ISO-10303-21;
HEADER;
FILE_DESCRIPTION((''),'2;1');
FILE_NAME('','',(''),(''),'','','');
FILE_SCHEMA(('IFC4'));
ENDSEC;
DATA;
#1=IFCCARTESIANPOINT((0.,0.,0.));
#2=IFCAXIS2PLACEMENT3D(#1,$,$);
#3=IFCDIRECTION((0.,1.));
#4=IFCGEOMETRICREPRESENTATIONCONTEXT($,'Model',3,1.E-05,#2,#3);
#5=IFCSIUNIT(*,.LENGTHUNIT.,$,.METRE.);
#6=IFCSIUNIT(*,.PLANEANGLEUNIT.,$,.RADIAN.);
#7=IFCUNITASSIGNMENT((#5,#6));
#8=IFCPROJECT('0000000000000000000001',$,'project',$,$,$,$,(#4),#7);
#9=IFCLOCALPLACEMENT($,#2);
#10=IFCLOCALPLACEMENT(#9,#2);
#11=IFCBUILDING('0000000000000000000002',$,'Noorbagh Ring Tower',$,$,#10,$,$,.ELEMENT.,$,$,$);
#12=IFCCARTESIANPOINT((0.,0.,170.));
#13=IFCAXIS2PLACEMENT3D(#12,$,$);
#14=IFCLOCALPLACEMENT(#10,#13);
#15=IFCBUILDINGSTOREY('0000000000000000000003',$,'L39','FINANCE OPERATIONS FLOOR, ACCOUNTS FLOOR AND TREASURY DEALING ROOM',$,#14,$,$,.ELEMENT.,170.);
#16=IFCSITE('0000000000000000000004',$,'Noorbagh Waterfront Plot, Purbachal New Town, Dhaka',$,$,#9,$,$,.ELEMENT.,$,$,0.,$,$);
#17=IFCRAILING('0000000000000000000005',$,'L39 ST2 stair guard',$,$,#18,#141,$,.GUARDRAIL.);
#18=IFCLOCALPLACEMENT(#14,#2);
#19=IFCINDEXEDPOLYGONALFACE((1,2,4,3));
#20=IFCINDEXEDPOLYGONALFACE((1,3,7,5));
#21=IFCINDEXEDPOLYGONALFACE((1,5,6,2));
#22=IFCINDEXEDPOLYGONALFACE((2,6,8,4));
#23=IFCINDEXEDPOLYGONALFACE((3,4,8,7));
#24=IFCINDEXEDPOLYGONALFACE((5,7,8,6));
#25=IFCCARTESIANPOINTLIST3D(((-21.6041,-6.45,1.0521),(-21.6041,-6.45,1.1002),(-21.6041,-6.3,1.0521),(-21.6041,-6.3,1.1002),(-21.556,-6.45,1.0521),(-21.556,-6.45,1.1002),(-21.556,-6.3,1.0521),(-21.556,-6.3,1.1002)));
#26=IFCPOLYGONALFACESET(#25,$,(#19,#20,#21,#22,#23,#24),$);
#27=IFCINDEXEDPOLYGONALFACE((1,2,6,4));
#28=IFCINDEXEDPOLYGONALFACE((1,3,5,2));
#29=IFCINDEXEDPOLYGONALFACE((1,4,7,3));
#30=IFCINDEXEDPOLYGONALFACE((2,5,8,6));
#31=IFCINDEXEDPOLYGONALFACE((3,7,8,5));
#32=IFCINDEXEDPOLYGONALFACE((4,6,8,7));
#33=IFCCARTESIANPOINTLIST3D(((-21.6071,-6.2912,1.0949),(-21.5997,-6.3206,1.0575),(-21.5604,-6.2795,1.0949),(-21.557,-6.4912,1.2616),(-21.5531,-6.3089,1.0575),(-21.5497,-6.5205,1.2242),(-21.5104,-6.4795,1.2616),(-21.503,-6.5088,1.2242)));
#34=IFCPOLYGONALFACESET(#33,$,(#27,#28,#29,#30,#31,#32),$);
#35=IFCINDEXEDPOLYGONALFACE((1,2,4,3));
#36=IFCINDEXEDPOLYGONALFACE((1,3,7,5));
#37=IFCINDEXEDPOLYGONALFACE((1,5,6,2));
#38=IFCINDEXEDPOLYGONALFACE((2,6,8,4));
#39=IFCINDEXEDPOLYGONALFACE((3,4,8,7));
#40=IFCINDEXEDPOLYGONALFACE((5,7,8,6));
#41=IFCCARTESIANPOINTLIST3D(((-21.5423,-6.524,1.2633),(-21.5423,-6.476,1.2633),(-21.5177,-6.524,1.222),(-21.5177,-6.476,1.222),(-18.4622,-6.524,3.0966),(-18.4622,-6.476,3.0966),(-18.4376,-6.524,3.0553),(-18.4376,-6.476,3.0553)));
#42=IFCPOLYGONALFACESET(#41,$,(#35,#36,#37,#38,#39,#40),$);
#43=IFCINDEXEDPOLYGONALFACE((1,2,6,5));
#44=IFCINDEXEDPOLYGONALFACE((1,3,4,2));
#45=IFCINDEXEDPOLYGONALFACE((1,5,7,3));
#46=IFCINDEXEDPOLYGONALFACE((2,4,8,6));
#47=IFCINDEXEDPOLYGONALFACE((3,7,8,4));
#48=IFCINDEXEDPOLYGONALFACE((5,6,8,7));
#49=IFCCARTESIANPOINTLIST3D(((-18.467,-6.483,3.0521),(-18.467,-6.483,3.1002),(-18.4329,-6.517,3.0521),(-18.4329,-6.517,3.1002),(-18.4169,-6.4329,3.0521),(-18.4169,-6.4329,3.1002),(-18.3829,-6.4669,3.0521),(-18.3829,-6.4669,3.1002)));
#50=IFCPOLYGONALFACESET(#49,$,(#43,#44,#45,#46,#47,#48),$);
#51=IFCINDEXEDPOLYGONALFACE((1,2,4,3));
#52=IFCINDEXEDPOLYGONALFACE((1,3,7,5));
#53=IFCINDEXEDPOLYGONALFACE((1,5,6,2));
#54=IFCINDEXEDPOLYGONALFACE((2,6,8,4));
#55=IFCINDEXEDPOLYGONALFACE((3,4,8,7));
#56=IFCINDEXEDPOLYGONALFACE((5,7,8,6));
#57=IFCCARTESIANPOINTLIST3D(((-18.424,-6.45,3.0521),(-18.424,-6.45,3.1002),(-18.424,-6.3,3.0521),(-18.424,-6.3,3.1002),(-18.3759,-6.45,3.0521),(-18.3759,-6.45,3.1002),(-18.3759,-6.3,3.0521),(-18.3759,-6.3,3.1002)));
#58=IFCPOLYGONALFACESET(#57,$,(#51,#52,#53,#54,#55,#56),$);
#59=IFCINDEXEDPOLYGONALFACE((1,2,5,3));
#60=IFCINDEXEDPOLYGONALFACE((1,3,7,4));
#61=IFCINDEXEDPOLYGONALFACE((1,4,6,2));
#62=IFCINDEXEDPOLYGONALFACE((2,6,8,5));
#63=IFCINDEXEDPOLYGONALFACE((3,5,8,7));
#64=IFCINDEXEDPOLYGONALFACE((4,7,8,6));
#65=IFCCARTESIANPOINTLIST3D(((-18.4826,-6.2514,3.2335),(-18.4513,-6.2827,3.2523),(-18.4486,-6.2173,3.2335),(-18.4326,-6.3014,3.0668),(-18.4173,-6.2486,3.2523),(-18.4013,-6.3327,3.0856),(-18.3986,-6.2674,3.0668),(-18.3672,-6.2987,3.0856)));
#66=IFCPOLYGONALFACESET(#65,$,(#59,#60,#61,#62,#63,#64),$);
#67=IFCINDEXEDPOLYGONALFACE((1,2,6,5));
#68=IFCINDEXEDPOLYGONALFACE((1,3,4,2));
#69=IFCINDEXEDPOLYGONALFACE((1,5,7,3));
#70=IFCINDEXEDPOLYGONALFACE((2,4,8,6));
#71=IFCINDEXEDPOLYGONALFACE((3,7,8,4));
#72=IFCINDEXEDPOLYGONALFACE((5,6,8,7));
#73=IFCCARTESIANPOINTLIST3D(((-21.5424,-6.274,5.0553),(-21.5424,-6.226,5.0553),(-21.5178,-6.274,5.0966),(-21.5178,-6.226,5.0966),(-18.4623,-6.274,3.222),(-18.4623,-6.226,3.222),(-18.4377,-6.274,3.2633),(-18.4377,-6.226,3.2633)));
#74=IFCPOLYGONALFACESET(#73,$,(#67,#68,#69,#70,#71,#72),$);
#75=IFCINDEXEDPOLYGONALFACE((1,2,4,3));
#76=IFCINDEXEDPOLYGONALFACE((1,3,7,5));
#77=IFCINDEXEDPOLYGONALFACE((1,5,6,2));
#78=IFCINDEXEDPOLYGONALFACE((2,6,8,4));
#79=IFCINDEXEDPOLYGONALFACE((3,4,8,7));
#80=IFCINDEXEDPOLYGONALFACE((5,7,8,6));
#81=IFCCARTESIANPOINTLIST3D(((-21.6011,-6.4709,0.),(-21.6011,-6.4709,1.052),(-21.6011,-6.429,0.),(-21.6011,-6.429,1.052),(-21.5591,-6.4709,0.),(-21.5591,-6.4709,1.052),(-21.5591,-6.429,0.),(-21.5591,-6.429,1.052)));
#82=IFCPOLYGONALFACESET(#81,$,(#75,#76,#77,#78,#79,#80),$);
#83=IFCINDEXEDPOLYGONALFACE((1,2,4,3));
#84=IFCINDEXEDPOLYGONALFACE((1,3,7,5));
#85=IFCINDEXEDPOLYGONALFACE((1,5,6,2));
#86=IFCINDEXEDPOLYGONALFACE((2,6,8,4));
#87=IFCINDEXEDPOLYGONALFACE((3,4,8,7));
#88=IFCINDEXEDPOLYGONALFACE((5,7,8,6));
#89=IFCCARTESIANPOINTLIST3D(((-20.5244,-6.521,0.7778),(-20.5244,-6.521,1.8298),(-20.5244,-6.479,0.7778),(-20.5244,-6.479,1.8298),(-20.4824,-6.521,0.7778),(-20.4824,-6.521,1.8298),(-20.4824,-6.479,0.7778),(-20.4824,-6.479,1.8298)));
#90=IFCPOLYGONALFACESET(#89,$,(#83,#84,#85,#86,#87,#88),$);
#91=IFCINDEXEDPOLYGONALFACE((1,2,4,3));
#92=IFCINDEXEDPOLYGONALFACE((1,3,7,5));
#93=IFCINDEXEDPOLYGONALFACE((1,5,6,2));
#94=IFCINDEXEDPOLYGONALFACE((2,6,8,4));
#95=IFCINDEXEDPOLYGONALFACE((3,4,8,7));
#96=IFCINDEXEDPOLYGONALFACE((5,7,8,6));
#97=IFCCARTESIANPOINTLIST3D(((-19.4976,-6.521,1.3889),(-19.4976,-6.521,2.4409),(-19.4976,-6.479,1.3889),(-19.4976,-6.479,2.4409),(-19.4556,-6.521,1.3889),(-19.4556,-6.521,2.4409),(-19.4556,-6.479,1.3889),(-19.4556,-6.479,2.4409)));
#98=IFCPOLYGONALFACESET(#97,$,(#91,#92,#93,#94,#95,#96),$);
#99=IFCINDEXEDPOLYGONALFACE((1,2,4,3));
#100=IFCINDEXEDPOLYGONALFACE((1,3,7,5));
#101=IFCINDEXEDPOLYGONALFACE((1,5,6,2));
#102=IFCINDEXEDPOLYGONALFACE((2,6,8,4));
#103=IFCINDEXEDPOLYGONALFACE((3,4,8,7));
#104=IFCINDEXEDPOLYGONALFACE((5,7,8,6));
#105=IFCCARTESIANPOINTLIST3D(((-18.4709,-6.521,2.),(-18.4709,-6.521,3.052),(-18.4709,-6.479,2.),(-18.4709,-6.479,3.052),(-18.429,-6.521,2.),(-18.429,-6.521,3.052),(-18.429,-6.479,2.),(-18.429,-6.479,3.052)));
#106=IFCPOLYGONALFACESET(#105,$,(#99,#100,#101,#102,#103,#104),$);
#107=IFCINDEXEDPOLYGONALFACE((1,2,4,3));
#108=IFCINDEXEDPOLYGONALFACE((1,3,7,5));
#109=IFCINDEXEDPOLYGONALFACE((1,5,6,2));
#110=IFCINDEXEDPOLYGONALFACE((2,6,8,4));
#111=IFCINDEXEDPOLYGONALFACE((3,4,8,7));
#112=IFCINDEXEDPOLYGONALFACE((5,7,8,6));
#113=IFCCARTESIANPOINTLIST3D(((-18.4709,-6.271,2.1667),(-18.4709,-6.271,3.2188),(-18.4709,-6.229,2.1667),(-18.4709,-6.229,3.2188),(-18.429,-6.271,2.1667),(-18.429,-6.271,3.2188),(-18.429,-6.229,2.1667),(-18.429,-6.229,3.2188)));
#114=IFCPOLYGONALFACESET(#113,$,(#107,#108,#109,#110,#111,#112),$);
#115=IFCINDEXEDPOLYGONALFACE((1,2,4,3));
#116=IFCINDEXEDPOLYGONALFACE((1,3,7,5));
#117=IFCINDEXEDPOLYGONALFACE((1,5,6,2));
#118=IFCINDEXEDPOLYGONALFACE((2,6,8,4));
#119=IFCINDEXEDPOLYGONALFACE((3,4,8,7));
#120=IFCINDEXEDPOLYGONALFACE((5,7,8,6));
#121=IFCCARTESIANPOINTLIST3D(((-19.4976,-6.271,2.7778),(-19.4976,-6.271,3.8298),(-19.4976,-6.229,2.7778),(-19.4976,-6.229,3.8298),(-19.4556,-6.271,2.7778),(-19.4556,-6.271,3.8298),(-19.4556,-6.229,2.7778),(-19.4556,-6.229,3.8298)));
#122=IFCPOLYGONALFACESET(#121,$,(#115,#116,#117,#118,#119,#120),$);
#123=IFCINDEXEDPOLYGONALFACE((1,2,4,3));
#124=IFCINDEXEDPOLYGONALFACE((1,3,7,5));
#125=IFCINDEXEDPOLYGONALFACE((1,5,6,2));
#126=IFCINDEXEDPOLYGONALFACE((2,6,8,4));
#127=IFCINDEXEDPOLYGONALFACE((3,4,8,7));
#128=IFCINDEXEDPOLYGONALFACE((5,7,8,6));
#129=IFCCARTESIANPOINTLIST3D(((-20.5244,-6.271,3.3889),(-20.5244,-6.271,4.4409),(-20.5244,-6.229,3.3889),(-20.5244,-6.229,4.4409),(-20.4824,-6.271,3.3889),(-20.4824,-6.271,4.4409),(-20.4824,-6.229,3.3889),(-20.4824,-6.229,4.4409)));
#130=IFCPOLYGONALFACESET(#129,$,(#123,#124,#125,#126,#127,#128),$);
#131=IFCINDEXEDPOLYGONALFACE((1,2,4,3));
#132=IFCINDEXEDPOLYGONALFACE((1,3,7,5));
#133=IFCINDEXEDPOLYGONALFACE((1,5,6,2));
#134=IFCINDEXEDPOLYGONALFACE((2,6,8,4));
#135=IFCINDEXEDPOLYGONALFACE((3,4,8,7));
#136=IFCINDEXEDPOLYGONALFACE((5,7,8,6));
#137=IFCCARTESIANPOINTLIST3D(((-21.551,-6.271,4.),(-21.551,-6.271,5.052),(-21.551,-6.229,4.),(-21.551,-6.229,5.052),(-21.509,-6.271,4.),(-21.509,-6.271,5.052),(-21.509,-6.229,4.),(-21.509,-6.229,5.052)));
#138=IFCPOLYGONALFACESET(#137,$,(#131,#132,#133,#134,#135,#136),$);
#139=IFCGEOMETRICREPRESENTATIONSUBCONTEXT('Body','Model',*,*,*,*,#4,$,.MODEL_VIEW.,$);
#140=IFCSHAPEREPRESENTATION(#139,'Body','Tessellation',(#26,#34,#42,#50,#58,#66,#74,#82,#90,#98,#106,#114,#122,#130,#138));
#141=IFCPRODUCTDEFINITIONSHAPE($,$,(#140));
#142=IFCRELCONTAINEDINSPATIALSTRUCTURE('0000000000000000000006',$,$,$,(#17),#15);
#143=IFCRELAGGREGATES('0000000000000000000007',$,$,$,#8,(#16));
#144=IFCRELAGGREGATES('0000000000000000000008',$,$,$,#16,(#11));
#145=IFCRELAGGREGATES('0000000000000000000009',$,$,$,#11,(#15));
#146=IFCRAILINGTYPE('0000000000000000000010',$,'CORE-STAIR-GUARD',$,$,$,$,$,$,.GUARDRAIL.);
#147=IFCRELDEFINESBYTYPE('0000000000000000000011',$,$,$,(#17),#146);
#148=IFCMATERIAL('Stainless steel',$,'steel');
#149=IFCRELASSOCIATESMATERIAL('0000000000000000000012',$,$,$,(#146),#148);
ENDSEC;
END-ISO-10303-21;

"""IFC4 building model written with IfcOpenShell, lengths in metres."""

from ifc_helpers import new_model, si_unit, direction, frame, origin, origin_2d, place, context, subcontext, project, spatial, rectangle, extrude, material, type_object, element, save


model = new_model("IFC4")

# Units and contexts
model_context = context("Model", 3, precision=1e-05, world=origin(), true_north=direction((0.0, 1.0)))
body_context = subcontext(model_context, "Body", "Model", "MODEL_VIEW")
ifc_project = project(units=[si_unit("LENGTHUNIT", "METRE"), si_unit("PLANEANGLEUNIT", "RADIAN")], contexts=[model_context])

# Site, building, storey
site_placement = place(None, origin())
site = spatial("IfcSite", under=ifc_project, at=site_placement, Name="Noorbagh Waterfront Plot, Purbachal New Town, Dhaka", CompositionType="ELEMENT", RefElevation=0.0)
building_placement = place(site_placement, origin())
building = spatial("IfcBuilding", under=site, at=building_placement, Name="Noorbagh Ring Tower", CompositionType="ELEMENT")
storey_placement = place(building_placement, frame((0.0, 0.0, 170.0)))
storey = spatial("IfcBuildingStorey", under=building, at=storey_placement, Name="L39", Description="FINANCE OPERATIONS FLOOR, ACCOUNTS FLOOR AND TREASURY DEALING ROOM", CompositionType="ELEMENT", Elevation=170.0)

# Railing
ifc_material_1 = material(Name="Stainless steel", Category="steel")
railing_type_1 = type_object("IfcRailingType", Name="CORE-STAIR-GUARD", PredefinedType="GUARDRAIL", material=ifc_material_1)
railing_1_placement = place(storey_placement, frame((-21.5801, -6.45, 0.0)))
element("IfcRailing", 1, at=railing_1_placement, inside=storey, type_object=railing_type_1, Name="L39 ST2 stair guard", PredefinedType="GUARDRAIL", context=body_context, shape_type="SweptSolid", body=[
    extrude(rectangle(XDim=0.0481, YDim=0.0481, at=origin_2d()), frame((0.0, 0.0, 1.0762), z_axis=(0.0, 1.0, 0.0), x_axis=(-1.0, 0.0, 0.0)), (0.0, 0.0, 1.0), 0.1499),
    extrude(rectangle(XDim=0.0481, YDim=0.0481, at=origin_2d()), frame((0.0, 0.1499, 1.0762), z_axis=(0.188776, -0.754182, 0.628946), x_axis=(0.970073, 0.242814, 0.0)), (0.0, 0.0, 1.0), 0.2651),
    extrude(rectangle(XDim=0.0481, YDim=0.0481, at=origin_2d()), frame((0.05, -0.05, 1.2427), z_axis=(0.859309, 0.0, 0.511458), x_axis=(0.0, 1.0, 0.0)), (0.0, 0.0, 1.0), 3.5845),
    extrude(rectangle(XDim=0.0481, YDim=0.0481, at=origin_2d()), frame((3.1301, -0.05, 3.0762), z_axis=(0.707107, 0.707107, 0.0), x_axis=(-0.707107, 0.707107, 0.0)), (0.0, 0.0, 1.0), 0.0708),
    extrude(rectangle(XDim=0.0481, YDim=0.0481, at=origin_2d()), frame((3.1802, 0.0, 3.0762), z_axis=(0.0, 1.0, 0.0), x_axis=(-1.0, 0.0, 0.0)), (0.0, 0.0, 1.0), 0.1499),
    extrude(rectangle(XDim=0.0481, YDim=0.0481, at=origin_2d()), frame((3.1802, 0.1499, 3.0762), z_axis=(-0.276287, 0.276287, 0.920506), x_axis=(-0.707107, -0.707107, 0.0)), (0.0, 0.0, 1.0), 0.1812),
    extrude(rectangle(XDim=0.0481, YDim=0.0481, at=origin_2d()), frame((3.1301, 0.2, 3.2427), z_axis=(-0.859309, 0.0, 0.511458), x_axis=(0.0, -1.0, 0.0)), (0.0, 0.0, 1.0), 3.5845),
    extrude(rectangle(XDim=0.042, YDim=0.042, at=origin_2d()), origin(), (0.0, 0.0, 1.0), 1.052),
    extrude(rectangle(XDim=0.042, YDim=0.042, at=origin_2d()), frame((1.0767, -0.05, 0.7778)), (0.0, 0.0, 1.0), 1.052),
    extrude(rectangle(XDim=0.042, YDim=0.042, at=origin_2d()), frame((2.1035, -0.05, 1.3889)), (0.0, 0.0, 1.0), 1.052),
    extrude(rectangle(XDim=0.042, YDim=0.042, at=origin_2d()), frame((3.1301, -0.05, 2.0)), (0.0, 0.0, 1.0), 1.052),
    extrude(rectangle(XDim=0.042, YDim=0.042, at=origin_2d()), frame((3.1301, 0.2, 2.1667)), (0.0, 0.0, 1.0), 1.052),
    extrude(rectangle(XDim=0.042, YDim=0.042, at=origin_2d()), frame((2.1035, 0.2, 2.7778)), (0.0, 0.0, 1.0), 1.052),
    extrude(rectangle(XDim=0.042, YDim=0.042, at=origin_2d()), frame((1.0767, 0.2, 3.3889)), (0.0, 0.0, 1.0), 1.052),
    extrude(rectangle(XDim=0.042, YDim=0.042, at=origin_2d()), frame((0.05, 0.2, 4.0)), (0.0, 0.0, 1.0), 1.052),
])

save(model, "model.ifc")
